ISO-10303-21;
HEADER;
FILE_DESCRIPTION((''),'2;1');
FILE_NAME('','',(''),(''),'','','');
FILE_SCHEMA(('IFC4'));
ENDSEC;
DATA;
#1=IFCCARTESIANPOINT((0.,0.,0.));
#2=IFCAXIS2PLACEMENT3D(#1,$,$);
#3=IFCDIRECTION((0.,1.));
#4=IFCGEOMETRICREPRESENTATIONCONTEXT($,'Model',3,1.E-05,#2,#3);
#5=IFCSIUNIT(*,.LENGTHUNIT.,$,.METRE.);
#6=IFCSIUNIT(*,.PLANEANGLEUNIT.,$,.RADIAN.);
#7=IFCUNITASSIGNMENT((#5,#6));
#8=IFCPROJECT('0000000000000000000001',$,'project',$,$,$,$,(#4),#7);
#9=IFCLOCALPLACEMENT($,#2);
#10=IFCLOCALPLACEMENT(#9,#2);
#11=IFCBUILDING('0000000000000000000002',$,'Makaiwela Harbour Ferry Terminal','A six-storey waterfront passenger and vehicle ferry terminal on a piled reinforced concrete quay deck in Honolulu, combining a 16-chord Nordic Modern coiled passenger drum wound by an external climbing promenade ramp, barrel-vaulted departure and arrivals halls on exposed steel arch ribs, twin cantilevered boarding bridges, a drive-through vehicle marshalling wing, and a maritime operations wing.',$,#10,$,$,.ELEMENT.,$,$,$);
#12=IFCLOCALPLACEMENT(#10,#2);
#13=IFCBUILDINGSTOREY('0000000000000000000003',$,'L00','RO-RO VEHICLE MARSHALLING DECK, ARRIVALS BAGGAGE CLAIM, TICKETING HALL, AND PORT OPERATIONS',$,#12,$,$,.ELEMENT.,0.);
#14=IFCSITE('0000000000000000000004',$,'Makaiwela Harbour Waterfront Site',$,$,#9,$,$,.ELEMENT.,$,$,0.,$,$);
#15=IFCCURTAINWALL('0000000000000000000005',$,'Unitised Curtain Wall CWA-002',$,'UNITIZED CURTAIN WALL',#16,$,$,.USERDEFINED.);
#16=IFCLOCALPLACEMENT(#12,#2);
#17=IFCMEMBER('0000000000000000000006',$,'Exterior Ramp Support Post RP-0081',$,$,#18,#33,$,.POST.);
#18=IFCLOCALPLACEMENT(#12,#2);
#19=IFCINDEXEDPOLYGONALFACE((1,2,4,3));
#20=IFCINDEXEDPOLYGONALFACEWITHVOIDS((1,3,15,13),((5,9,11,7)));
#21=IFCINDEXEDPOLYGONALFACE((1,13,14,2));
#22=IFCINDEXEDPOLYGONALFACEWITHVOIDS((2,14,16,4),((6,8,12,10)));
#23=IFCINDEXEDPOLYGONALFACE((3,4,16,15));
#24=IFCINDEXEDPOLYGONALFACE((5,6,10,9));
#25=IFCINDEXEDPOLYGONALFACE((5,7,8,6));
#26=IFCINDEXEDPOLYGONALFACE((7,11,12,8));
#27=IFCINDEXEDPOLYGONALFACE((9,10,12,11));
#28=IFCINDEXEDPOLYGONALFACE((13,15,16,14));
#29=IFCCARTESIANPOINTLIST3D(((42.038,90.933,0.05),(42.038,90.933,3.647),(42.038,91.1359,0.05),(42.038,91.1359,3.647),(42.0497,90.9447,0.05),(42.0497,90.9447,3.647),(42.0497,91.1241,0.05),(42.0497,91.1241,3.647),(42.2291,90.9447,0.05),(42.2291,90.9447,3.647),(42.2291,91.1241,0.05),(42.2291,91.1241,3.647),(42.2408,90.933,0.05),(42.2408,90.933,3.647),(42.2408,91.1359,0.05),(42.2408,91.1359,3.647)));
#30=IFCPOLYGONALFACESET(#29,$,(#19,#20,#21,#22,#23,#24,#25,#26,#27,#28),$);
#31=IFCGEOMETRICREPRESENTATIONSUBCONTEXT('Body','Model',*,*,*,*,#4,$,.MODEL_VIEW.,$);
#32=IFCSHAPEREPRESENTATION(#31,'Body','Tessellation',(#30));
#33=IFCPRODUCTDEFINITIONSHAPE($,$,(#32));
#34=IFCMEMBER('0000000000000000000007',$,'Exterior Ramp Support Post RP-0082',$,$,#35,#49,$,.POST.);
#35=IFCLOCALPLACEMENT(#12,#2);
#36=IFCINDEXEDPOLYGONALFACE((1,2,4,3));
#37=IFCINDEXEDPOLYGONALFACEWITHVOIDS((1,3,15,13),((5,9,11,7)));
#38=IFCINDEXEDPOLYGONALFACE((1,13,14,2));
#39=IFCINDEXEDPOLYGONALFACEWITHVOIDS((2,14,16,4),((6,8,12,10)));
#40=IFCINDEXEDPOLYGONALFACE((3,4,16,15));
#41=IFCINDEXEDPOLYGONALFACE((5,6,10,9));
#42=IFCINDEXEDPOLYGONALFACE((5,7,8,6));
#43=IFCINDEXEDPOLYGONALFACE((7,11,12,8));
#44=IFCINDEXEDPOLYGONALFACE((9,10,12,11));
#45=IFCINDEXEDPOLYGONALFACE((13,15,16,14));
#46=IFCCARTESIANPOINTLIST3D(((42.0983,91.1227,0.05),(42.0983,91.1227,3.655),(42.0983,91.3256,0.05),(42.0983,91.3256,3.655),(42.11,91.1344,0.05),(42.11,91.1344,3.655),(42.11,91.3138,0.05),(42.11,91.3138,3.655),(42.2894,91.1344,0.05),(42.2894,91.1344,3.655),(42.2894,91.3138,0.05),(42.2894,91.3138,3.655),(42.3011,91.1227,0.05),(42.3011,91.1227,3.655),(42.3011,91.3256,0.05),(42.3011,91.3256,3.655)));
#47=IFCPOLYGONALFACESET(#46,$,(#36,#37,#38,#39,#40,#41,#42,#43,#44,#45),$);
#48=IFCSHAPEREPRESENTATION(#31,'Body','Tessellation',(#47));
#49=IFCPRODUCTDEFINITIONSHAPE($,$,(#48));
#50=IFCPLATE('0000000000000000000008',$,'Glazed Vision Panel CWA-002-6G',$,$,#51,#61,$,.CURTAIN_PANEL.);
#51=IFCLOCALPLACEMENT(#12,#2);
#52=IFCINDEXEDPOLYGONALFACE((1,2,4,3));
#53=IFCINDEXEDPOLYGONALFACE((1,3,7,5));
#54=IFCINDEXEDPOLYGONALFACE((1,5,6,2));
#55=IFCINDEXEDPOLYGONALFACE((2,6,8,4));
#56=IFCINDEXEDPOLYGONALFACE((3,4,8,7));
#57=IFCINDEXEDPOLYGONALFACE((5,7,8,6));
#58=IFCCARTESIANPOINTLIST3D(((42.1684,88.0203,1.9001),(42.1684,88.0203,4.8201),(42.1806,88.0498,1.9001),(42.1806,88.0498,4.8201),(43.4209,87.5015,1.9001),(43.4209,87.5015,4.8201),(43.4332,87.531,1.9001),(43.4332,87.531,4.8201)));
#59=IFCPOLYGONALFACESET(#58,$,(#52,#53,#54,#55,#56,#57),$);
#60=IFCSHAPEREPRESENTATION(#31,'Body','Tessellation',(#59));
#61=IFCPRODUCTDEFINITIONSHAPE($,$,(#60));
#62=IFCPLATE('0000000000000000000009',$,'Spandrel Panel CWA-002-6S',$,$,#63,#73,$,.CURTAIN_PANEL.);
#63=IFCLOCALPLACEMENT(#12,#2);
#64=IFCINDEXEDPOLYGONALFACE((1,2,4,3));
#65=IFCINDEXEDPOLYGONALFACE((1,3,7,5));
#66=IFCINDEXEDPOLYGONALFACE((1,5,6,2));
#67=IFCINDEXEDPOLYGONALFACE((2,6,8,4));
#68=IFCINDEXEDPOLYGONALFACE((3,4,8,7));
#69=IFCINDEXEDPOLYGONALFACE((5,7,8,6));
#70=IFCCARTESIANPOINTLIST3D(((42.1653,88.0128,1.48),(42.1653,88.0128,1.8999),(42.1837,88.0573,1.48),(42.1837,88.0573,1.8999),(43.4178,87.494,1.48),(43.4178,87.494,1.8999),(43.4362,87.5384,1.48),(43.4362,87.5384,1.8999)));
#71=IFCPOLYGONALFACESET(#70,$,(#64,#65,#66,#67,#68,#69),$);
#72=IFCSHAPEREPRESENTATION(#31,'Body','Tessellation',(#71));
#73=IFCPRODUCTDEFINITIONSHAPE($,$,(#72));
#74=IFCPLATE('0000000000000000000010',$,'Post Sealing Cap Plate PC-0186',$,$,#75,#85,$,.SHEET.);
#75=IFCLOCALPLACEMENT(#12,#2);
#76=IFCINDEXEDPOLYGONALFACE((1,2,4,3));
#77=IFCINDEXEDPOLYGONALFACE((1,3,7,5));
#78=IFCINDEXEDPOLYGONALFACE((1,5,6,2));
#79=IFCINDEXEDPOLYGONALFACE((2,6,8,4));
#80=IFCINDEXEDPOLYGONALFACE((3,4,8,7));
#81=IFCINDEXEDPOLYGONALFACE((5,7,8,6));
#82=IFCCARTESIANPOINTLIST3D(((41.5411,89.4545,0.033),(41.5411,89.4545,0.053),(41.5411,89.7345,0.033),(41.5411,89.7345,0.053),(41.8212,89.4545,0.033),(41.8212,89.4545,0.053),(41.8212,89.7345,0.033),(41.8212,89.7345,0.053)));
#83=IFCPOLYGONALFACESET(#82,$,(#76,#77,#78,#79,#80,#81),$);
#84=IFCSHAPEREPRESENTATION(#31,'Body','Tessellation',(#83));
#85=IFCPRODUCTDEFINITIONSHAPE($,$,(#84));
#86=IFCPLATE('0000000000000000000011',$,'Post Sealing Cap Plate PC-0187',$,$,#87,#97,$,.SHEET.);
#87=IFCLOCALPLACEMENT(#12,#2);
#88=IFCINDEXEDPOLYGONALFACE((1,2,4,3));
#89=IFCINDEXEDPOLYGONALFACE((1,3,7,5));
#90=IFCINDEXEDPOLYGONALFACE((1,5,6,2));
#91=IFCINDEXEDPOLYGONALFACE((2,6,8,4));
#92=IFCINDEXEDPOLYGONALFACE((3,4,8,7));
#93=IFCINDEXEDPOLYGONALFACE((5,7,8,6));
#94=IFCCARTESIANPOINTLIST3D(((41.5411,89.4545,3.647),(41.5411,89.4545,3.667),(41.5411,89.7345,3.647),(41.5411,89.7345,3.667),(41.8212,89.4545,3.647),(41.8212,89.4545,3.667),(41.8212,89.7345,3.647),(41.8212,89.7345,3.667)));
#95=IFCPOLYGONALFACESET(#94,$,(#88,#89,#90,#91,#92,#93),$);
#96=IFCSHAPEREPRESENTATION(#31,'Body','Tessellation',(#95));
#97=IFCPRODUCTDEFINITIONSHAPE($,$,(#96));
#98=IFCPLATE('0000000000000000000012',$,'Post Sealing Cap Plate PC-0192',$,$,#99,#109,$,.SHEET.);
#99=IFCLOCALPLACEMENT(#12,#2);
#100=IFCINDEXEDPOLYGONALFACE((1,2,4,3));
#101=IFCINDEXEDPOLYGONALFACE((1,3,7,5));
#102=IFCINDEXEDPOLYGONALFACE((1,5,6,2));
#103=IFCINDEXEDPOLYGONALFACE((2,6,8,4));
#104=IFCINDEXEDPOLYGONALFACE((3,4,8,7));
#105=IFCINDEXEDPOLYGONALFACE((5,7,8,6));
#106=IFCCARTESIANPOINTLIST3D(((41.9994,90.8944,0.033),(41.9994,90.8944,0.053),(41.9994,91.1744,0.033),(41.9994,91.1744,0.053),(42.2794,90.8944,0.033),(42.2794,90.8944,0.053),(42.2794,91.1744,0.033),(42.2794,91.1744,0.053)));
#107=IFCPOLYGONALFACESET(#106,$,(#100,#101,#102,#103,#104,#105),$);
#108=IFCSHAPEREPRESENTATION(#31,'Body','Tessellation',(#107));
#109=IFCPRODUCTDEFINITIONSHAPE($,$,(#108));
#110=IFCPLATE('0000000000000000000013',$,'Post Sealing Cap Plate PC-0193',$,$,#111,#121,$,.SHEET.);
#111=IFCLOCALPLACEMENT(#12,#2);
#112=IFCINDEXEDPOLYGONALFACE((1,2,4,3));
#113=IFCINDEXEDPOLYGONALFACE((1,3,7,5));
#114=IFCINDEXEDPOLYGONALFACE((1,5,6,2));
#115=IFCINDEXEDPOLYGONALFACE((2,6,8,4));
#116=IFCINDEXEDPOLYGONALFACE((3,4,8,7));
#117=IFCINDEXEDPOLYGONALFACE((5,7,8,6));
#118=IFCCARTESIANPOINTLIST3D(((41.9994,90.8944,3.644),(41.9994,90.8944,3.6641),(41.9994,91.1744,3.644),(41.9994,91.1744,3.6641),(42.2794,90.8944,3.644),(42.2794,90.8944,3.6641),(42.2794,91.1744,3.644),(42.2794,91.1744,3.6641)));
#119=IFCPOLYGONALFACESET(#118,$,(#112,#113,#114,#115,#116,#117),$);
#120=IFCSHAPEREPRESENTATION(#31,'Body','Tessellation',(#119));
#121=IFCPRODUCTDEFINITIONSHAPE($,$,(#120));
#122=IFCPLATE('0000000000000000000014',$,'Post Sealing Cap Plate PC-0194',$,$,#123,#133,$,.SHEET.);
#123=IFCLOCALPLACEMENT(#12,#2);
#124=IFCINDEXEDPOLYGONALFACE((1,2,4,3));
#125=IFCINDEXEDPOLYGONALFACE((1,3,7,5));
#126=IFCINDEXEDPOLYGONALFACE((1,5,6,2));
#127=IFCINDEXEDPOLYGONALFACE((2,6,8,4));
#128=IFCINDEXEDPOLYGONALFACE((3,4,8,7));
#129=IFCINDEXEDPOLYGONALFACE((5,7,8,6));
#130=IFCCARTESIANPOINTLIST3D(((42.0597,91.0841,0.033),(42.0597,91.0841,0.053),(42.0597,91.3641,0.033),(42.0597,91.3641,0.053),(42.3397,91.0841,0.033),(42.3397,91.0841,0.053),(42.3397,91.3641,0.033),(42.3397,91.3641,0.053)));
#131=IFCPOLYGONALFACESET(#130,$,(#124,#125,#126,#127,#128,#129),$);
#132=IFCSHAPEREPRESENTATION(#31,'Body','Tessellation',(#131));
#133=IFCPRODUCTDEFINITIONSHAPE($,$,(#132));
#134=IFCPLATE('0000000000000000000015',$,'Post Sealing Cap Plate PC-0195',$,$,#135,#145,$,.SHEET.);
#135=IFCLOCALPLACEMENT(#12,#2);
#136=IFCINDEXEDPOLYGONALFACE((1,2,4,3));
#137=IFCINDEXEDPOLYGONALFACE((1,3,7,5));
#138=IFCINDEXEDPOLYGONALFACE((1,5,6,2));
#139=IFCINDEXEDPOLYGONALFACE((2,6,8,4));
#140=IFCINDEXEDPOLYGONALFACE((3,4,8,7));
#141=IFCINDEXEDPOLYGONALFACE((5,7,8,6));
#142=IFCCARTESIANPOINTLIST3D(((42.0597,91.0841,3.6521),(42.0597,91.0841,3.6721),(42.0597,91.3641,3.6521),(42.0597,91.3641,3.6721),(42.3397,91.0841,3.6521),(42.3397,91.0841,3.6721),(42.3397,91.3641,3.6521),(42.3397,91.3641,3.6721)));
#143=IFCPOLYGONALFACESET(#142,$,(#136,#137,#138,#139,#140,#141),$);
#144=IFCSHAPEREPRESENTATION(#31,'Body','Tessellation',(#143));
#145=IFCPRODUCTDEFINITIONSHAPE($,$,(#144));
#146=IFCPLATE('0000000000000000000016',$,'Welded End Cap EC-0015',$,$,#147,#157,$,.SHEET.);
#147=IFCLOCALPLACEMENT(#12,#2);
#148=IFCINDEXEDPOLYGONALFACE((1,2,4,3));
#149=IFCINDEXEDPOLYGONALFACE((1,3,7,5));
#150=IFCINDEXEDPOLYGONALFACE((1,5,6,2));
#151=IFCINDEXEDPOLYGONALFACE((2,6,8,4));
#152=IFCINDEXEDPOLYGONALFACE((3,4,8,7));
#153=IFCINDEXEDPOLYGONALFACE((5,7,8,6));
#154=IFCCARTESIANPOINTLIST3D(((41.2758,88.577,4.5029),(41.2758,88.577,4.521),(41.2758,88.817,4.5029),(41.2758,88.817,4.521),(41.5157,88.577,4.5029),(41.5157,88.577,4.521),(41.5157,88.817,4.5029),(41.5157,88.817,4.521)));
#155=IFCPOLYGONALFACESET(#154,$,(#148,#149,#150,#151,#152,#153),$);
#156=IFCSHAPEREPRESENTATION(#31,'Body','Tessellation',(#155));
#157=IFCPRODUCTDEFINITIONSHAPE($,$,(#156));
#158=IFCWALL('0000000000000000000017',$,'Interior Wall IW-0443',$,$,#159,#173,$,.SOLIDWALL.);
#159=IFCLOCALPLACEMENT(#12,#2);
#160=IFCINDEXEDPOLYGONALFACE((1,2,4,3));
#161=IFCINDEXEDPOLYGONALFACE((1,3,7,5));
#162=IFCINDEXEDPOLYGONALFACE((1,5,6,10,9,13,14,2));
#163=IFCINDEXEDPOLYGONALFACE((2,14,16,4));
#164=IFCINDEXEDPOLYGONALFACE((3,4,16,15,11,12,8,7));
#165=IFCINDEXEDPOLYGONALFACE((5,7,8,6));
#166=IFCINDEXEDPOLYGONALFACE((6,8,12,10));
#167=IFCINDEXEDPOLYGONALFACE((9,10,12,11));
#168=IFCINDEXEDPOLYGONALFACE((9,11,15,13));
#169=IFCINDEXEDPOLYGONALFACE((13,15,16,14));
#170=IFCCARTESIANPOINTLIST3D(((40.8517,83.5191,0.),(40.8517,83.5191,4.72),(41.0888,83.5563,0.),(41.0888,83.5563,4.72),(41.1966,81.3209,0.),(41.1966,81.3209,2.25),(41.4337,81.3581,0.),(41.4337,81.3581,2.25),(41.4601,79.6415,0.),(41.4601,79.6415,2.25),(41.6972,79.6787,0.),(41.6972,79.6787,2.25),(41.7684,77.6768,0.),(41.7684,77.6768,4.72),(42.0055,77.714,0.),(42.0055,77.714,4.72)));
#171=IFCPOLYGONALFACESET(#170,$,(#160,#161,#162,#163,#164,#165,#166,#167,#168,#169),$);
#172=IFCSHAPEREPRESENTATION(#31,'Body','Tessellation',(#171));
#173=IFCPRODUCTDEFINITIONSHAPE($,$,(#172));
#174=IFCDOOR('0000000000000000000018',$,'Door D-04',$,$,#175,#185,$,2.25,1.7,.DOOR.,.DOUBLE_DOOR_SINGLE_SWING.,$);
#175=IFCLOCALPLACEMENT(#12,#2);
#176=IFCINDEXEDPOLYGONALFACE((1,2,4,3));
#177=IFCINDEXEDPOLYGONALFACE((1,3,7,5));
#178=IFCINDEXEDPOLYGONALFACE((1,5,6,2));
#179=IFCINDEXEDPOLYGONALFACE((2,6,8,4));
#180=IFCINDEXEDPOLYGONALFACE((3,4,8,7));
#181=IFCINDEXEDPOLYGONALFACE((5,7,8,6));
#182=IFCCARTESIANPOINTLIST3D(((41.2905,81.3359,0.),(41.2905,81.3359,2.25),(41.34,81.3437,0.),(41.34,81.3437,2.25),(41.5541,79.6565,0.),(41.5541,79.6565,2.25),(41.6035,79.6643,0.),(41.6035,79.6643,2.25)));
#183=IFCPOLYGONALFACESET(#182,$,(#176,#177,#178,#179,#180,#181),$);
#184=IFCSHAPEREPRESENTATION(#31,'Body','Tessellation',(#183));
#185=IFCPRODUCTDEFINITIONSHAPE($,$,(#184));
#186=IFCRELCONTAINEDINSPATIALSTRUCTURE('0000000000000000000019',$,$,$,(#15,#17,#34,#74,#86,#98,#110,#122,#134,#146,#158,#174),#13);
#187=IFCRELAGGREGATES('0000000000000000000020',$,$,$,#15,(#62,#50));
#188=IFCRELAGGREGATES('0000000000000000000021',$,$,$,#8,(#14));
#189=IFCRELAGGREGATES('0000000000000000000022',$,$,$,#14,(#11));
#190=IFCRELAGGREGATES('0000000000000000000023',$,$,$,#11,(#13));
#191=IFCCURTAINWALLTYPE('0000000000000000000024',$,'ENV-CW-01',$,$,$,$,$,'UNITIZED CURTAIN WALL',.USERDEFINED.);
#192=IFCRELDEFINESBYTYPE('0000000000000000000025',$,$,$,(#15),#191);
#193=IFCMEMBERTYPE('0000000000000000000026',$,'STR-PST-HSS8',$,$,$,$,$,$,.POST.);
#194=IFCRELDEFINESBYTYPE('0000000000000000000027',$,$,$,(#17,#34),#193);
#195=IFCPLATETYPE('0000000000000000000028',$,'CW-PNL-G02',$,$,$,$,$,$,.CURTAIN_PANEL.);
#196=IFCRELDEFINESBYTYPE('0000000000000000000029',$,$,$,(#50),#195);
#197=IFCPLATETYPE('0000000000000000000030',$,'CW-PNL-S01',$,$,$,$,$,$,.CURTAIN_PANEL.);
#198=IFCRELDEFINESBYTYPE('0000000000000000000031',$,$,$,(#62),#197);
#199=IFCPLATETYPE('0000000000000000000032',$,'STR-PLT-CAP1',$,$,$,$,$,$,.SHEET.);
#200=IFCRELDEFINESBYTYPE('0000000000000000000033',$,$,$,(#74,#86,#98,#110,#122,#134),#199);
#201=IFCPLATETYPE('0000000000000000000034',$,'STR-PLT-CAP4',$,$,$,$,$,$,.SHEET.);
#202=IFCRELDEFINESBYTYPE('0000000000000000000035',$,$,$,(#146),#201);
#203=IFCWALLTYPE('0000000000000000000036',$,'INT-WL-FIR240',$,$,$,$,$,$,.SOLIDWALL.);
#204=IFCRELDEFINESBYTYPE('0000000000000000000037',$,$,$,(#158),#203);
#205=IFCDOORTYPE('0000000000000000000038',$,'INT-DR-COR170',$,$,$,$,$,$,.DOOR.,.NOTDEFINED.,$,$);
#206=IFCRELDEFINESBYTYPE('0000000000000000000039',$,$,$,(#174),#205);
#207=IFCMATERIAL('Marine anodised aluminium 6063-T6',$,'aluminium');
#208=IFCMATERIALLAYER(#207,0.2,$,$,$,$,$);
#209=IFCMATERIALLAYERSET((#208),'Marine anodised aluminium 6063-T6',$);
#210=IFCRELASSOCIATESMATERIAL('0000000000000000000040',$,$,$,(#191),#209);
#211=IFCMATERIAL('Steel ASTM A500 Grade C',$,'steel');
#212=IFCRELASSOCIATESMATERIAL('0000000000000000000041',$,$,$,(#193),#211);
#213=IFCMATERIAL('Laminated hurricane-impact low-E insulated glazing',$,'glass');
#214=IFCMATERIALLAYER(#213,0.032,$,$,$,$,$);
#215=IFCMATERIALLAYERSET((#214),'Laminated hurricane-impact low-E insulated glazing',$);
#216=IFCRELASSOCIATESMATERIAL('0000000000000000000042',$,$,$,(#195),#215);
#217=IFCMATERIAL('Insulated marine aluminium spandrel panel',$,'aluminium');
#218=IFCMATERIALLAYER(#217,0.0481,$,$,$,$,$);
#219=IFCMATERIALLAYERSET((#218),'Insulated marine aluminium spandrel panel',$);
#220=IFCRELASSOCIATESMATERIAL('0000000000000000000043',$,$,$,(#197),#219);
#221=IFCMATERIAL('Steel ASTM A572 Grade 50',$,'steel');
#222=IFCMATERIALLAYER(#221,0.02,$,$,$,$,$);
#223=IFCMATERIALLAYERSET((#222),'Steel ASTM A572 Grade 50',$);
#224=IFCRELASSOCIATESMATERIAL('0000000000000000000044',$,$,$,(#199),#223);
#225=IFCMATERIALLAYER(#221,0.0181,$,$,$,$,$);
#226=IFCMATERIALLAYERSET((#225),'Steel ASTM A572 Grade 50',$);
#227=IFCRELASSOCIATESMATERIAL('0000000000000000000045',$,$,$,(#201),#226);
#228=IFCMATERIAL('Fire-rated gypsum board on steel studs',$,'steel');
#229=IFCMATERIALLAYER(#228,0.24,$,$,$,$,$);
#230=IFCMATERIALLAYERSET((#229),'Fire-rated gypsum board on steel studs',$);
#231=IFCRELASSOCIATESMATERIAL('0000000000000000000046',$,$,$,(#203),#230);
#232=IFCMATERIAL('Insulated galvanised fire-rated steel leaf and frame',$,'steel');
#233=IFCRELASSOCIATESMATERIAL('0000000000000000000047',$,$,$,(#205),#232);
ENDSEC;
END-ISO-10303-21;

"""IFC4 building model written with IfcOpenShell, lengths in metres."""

from ifc_helpers import new_model, si_unit, direction, frame, frame_2d, origin, origin_2d, place, context, subcontext, project, spatial, rectangle, hollow_rectangle, extrude, material, layer, layer_set, material_profile, profile_set, type_object, element, fill, aggregate, save


model = new_model("IFC4")

# Units and contexts
model_context = context("Model", 3, precision=1e-05, world=origin(), true_north=direction((0.0, 1.0)))
body_context = subcontext(model_context, "Body", "Model", "MODEL_VIEW")
ifc_project = project(units=[si_unit("LENGTHUNIT", "METRE"), si_unit("PLANEANGLEUNIT", "RADIAN")], contexts=[model_context])

# Site, building, storey
site_placement = place(None, origin())
site = spatial("IfcSite", under=ifc_project, at=site_placement, Name="Makaiwela Harbour Waterfront Site", CompositionType="ELEMENT", RefElevation=0.0)
building_placement = place(site_placement, origin())
building = spatial("IfcBuilding", under=site, at=building_placement, Name="Makaiwela Harbour Ferry Terminal", Description="A six-storey waterfront passenger and vehicle ferry terminal on a piled reinforced concrete quay deck in Honolulu, combining a 16-chord Nordic Modern coiled passenger drum wound by an external climbing promenade ramp, barrel-vaulted departure and arrivals halls on exposed steel arch ribs, twin cantilevered boarding bridges, a drive-through vehicle marshalling wing, and a maritime operations wing.", CompositionType="ELEMENT")
storey_placement = place(building_placement, origin())
storey = spatial("IfcBuildingStorey", under=building, at=storey_placement, Name="L00", Description="RO-RO VEHICLE MARSHALLING DECK, ARRIVALS BAGGAGE CLAIM, TICKETING HALL, AND PORT OPERATIONS", CompositionType="ELEMENT", Elevation=0.0)

# Curtain wall
ifc_material_1 = material(Name="Marine anodised aluminium 6063-T6", Category="aluminium")
ifc_layer_1 = layer(ifc_material_1, 0.2)
ifc_layer_set_1 = layer_set([ifc_layer_1], Name="Marine anodised aluminium 6063-T6")
curtain_wall_type = type_object("IfcCurtainWallType", Name="ENV-CW-01", ElementType="UNITIZED CURTAIN WALL", PredefinedType="USERDEFINED", material=ifc_layer_set_1)
curtain_wall_placement = place(storey_placement, origin())
curtain_wall = element("IfcCurtainWall", 1, at=curtain_wall_placement, inside=storey, type_object=curtain_wall_type, Name="Unitised Curtain Wall CWA-002", ObjectType="UNITIZED CURTAIN WALL", PredefinedType="USERDEFINED")

# Members
ifc_material_2 = material(Name="Steel ASTM A500 Grade C", Category="steel")
ifc_material_profile_1 = material_profile(ifc_material_2, hollow_rectangle(XDim=0.2029, YDim=0.2029, WallThickness=0.0117, at=origin_2d()), Name="HSS8X8X1/2")
ifc_profile_set_1 = profile_set([ifc_material_profile_1], Name="Steel ASTM A500 Grade C")
member_type_1 = type_object("IfcMemberType", Name="STR-PST-HSS8", PredefinedType="POST", material=ifc_profile_set_1)
member_1_placement = place(storey_placement, frame((42.1394, 91.0344, 0.05), z_axis=(0.0, 0.0, 1.0), x_axis=(1.0, 0.0, 0.0)))
element("IfcMember", 2, at=member_1_placement, inside=storey, type_object=member_type_1, Name="Exterior Ramp Support Post RP-0081", PredefinedType="POST", context=body_context, shape_type="SweptSolid", body=[
    extrude(hollow_rectangle(XDim=0.2029, YDim=0.2029, WallThickness=0.0117, at=origin_2d()), origin(), (0.0, 0.0, 1.0), 3.5969),
])
member_2_placement = place(storey_placement, frame((42.1997, 91.2241, 0.05), z_axis=(0.0, 0.0, 1.0), x_axis=(1.0, 0.0, 0.0)))
element("IfcMember", 3, at=member_2_placement, inside=storey, type_object=member_type_1, Name="Exterior Ramp Support Post RP-0082", PredefinedType="POST", context=body_context, shape_type="SweptSolid", body=[
    extrude(hollow_rectangle(XDim=0.2029, YDim=0.2029, WallThickness=0.0117, at=origin_2d()), origin(), (0.0, 0.0, 1.0), 3.605),
])

# Plates
ifc_material_3 = material(Name="Laminated hurricane-impact low-E insulated glazing", Category="glass")
ifc_layer_2 = layer(ifc_material_3, 0.032)
ifc_layer_set_2 = layer_set([ifc_layer_2], Name="Laminated hurricane-impact low-E insulated glazing")
plate_type_1 = type_object("IfcPlateType", Name="CW-PNL-G02", PredefinedType="CURTAIN_PANEL", material=ifc_layer_set_2)
plate_1_placement = place(storey_placement, frame((42.8008, 87.7756, 1.9001), z_axis=(0.0, 0.0, 1.0), x_axis=(-0.92388, 0.382683, 0.0)))
plate_1 = element("IfcPlate", 4, at=plate_1_placement, type_object=plate_type_1, Name="Glazed Vision Panel CWA-002-6G", PredefinedType="CURTAIN_PANEL", context=body_context, shape_type="SweptSolid", body=[
    extrude(rectangle(XDim=1.3557, YDim=0.032, at=origin_2d()), origin(), (0.0, 0.0, 1.0), 2.9199),
])
ifc_material_4 = material(Name="Insulated marine aluminium spandrel panel", Category="aluminium")
ifc_layer_3 = layer(ifc_material_4, 0.0481)
ifc_layer_set_3 = layer_set([ifc_layer_3], Name="Insulated marine aluminium spandrel panel")
plate_type_2 = type_object("IfcPlateType", Name="CW-PNL-S01", PredefinedType="CURTAIN_PANEL", material=ifc_layer_set_3)
plate_2_placement = place(storey_placement, frame((42.8008, 87.7756, 1.48), z_axis=(0.0, 0.0, 1.0), x_axis=(-0.92388, 0.382683, 0.0)))
plate_2 = element("IfcPlate", 5, at=plate_2_placement, type_object=plate_type_2, Name="Spandrel Panel CWA-002-6S", PredefinedType="CURTAIN_PANEL", context=body_context, shape_type="SweptSolid", body=[
    extrude(rectangle(XDim=1.3557, YDim=0.0481, at=origin_2d()), origin(), (0.0, 0.0, 1.0), 0.4199),
])
aggregate(curtain_wall, [plate_2, plate_1])

# Plates
ifc_material_5 = material(Name="Steel ASTM A572 Grade 50", Category="steel")
ifc_layer_4 = layer(ifc_material_5, 0.02)
ifc_layer_set_4 = layer_set([ifc_layer_4], Name="Steel ASTM A572 Grade 50")
plate_type_3 = type_object("IfcPlateType", Name="STR-PLT-CAP1", PredefinedType="SHEET", material=ifc_layer_set_4)
for number, where, z_axis, x_axis, name in (
    (6, (41.6812, 89.5945, 0.033), (0.0, 0.0, 1.0), (1.0, 0.0, 0.0), "Post Sealing Cap Plate PC-0186"),
    (7, (41.6812, 89.5945, 3.647), (0.0, 0.0, 1.0), (1.0, 0.0, 0.0), "Post Sealing Cap Plate PC-0187"),
    (8, (42.1394, 91.0344, 0.033), (0.0, 0.0, 1.0), (1.0, 0.0, 0.0), "Post Sealing Cap Plate PC-0192"),
    (9, (42.1394, 91.0344, 3.644), (0.0, 0.0, 1.0), (1.0, 0.0, 0.0), "Post Sealing Cap Plate PC-0193"),
    (10, (42.1997, 91.2241, 0.033), (0.0, 0.0, 1.0), (1.0, 0.0, 0.0), "Post Sealing Cap Plate PC-0194"),
    (11, (42.1997, 91.2241, 3.6521), (0.0, 0.0, 1.0), (1.0, 0.0, 0.0), "Post Sealing Cap Plate PC-0195"),
):
    element("IfcPlate", number, at=place(storey_placement, frame(where, z_axis=z_axis, x_axis=x_axis)), inside=storey, type_object=plate_type_3, Name=name, PredefinedType="SHEET", context=body_context, shape_type="SweptSolid", body=[
        extrude(rectangle(XDim=0.28, YDim=0.28, at=origin_2d()), origin(), (0.0, 0.0, 1.0), 0.02),
    ])
ifc_layer_5 = layer(ifc_material_5, 0.0181)
ifc_layer_set_5 = layer_set([ifc_layer_5], Name="Steel ASTM A572 Grade 50")
plate_type_4 = type_object("IfcPlateType", Name="STR-PLT-CAP4", PredefinedType="SHEET", material=ifc_layer_set_5)
plate_3_placement = place(storey_placement, frame((41.3958, 88.697, 4.5029), z_axis=(0.0, 0.0, 1.0), x_axis=(1.0, 0.0, 0.0)))
element("IfcPlate", 12, at=plate_3_placement, inside=storey, type_object=plate_type_4, Name="Welded End Cap EC-0015", PredefinedType="SHEET", context=body_context, shape_type="SweptSolid", body=[
    extrude(rectangle(XDim=0.24, YDim=0.24, at=origin_2d()), origin(), (0.0, 0.0, 1.0), 0.0181),
])

# Wall, opening, door
ifc_material_6 = material(Name="Fire-rated gypsum board on steel studs", Category="steel")
ifc_layer_6 = layer(ifc_material_6, 0.24)
ifc_layer_set_6 = layer_set([ifc_layer_6], Name="Fire-rated gypsum board on steel studs")
wall_type_1 = type_object("IfcWallType", Name="INT-WL-FIR240", PredefinedType="SOLIDWALL", material=ifc_layer_set_6)
wall_1_placement = place(storey_placement, frame((40.9702, 83.5378, 0.0), z_axis=(0.0, 0.0, 1.0), x_axis=(0.155019, -0.987911, 0.0)))
wall_1 = element("IfcWall", 13, at=wall_1_placement, inside=storey, type_object=wall_type_1, Name="Interior Wall IW-0443", PredefinedType="SOLIDWALL", context=body_context, shape_type="SweptSolid", body=[
    extrude(rectangle(XDim=5.9138, YDim=0.24, at=frame_2d((2.957, 0.0))), origin(), (0.0, 0.0, 1.0), 4.72),
])
opening_1_placement = place(wall_1_placement, frame((2.2251, 0.0, 0.0)))
opening_1 = element("IfcOpeningElement", 14, at=opening_1_placement, cuts=wall_1, PredefinedType="OPENING", context=body_context, shape_type="SweptSolid", body=[
    extrude(rectangle(XDim=1.7, YDim=2.25, at=frame_2d((0.8501, 1.125))), frame((0.0, 0.1299, 0.0), z_axis=(0.0, -1.0, 0.0), x_axis=(1.0, 0.0, 0.0)), (0.0, 0.0, 1.0), 0.26),
])
ifc_material_7 = material(Name="Insulated galvanised fire-rated steel leaf and frame", Category="steel")
door_type_1 = type_object("IfcDoorType", Name="INT-DR-COR170", OperationType="NOTDEFINED", PredefinedType="DOOR", material=ifc_material_7)
door_1_placement = place(opening_1_placement, frame((1.7, 0.0, 0.0), z_axis=(0.0, 0.0, 1.0), x_axis=(-1.0, 0.0, 0.0)))
door_1 = element("IfcDoor", 15, at=door_1_placement, inside=storey, type_object=door_type_1, Name="Door D-04", OperationType="DOUBLE_DOOR_SINGLE_SWING", OverallHeight=2.25, OverallWidth=1.7, PredefinedType="DOOR", context=body_context, shape_type="SweptSolid", body=[
    extrude(rectangle(XDim=1.7, YDim=2.25, at=frame_2d((0.8501, 1.125))), frame((0.0, 0.0249, 0.0), z_axis=(0.0, -1.0, 0.0), x_axis=(1.0, 0.0, 0.0)), (0.0, 0.0, 1.0), 0.05),
])
fill(opening_1, door_1)

save(model, "model.ifc")
